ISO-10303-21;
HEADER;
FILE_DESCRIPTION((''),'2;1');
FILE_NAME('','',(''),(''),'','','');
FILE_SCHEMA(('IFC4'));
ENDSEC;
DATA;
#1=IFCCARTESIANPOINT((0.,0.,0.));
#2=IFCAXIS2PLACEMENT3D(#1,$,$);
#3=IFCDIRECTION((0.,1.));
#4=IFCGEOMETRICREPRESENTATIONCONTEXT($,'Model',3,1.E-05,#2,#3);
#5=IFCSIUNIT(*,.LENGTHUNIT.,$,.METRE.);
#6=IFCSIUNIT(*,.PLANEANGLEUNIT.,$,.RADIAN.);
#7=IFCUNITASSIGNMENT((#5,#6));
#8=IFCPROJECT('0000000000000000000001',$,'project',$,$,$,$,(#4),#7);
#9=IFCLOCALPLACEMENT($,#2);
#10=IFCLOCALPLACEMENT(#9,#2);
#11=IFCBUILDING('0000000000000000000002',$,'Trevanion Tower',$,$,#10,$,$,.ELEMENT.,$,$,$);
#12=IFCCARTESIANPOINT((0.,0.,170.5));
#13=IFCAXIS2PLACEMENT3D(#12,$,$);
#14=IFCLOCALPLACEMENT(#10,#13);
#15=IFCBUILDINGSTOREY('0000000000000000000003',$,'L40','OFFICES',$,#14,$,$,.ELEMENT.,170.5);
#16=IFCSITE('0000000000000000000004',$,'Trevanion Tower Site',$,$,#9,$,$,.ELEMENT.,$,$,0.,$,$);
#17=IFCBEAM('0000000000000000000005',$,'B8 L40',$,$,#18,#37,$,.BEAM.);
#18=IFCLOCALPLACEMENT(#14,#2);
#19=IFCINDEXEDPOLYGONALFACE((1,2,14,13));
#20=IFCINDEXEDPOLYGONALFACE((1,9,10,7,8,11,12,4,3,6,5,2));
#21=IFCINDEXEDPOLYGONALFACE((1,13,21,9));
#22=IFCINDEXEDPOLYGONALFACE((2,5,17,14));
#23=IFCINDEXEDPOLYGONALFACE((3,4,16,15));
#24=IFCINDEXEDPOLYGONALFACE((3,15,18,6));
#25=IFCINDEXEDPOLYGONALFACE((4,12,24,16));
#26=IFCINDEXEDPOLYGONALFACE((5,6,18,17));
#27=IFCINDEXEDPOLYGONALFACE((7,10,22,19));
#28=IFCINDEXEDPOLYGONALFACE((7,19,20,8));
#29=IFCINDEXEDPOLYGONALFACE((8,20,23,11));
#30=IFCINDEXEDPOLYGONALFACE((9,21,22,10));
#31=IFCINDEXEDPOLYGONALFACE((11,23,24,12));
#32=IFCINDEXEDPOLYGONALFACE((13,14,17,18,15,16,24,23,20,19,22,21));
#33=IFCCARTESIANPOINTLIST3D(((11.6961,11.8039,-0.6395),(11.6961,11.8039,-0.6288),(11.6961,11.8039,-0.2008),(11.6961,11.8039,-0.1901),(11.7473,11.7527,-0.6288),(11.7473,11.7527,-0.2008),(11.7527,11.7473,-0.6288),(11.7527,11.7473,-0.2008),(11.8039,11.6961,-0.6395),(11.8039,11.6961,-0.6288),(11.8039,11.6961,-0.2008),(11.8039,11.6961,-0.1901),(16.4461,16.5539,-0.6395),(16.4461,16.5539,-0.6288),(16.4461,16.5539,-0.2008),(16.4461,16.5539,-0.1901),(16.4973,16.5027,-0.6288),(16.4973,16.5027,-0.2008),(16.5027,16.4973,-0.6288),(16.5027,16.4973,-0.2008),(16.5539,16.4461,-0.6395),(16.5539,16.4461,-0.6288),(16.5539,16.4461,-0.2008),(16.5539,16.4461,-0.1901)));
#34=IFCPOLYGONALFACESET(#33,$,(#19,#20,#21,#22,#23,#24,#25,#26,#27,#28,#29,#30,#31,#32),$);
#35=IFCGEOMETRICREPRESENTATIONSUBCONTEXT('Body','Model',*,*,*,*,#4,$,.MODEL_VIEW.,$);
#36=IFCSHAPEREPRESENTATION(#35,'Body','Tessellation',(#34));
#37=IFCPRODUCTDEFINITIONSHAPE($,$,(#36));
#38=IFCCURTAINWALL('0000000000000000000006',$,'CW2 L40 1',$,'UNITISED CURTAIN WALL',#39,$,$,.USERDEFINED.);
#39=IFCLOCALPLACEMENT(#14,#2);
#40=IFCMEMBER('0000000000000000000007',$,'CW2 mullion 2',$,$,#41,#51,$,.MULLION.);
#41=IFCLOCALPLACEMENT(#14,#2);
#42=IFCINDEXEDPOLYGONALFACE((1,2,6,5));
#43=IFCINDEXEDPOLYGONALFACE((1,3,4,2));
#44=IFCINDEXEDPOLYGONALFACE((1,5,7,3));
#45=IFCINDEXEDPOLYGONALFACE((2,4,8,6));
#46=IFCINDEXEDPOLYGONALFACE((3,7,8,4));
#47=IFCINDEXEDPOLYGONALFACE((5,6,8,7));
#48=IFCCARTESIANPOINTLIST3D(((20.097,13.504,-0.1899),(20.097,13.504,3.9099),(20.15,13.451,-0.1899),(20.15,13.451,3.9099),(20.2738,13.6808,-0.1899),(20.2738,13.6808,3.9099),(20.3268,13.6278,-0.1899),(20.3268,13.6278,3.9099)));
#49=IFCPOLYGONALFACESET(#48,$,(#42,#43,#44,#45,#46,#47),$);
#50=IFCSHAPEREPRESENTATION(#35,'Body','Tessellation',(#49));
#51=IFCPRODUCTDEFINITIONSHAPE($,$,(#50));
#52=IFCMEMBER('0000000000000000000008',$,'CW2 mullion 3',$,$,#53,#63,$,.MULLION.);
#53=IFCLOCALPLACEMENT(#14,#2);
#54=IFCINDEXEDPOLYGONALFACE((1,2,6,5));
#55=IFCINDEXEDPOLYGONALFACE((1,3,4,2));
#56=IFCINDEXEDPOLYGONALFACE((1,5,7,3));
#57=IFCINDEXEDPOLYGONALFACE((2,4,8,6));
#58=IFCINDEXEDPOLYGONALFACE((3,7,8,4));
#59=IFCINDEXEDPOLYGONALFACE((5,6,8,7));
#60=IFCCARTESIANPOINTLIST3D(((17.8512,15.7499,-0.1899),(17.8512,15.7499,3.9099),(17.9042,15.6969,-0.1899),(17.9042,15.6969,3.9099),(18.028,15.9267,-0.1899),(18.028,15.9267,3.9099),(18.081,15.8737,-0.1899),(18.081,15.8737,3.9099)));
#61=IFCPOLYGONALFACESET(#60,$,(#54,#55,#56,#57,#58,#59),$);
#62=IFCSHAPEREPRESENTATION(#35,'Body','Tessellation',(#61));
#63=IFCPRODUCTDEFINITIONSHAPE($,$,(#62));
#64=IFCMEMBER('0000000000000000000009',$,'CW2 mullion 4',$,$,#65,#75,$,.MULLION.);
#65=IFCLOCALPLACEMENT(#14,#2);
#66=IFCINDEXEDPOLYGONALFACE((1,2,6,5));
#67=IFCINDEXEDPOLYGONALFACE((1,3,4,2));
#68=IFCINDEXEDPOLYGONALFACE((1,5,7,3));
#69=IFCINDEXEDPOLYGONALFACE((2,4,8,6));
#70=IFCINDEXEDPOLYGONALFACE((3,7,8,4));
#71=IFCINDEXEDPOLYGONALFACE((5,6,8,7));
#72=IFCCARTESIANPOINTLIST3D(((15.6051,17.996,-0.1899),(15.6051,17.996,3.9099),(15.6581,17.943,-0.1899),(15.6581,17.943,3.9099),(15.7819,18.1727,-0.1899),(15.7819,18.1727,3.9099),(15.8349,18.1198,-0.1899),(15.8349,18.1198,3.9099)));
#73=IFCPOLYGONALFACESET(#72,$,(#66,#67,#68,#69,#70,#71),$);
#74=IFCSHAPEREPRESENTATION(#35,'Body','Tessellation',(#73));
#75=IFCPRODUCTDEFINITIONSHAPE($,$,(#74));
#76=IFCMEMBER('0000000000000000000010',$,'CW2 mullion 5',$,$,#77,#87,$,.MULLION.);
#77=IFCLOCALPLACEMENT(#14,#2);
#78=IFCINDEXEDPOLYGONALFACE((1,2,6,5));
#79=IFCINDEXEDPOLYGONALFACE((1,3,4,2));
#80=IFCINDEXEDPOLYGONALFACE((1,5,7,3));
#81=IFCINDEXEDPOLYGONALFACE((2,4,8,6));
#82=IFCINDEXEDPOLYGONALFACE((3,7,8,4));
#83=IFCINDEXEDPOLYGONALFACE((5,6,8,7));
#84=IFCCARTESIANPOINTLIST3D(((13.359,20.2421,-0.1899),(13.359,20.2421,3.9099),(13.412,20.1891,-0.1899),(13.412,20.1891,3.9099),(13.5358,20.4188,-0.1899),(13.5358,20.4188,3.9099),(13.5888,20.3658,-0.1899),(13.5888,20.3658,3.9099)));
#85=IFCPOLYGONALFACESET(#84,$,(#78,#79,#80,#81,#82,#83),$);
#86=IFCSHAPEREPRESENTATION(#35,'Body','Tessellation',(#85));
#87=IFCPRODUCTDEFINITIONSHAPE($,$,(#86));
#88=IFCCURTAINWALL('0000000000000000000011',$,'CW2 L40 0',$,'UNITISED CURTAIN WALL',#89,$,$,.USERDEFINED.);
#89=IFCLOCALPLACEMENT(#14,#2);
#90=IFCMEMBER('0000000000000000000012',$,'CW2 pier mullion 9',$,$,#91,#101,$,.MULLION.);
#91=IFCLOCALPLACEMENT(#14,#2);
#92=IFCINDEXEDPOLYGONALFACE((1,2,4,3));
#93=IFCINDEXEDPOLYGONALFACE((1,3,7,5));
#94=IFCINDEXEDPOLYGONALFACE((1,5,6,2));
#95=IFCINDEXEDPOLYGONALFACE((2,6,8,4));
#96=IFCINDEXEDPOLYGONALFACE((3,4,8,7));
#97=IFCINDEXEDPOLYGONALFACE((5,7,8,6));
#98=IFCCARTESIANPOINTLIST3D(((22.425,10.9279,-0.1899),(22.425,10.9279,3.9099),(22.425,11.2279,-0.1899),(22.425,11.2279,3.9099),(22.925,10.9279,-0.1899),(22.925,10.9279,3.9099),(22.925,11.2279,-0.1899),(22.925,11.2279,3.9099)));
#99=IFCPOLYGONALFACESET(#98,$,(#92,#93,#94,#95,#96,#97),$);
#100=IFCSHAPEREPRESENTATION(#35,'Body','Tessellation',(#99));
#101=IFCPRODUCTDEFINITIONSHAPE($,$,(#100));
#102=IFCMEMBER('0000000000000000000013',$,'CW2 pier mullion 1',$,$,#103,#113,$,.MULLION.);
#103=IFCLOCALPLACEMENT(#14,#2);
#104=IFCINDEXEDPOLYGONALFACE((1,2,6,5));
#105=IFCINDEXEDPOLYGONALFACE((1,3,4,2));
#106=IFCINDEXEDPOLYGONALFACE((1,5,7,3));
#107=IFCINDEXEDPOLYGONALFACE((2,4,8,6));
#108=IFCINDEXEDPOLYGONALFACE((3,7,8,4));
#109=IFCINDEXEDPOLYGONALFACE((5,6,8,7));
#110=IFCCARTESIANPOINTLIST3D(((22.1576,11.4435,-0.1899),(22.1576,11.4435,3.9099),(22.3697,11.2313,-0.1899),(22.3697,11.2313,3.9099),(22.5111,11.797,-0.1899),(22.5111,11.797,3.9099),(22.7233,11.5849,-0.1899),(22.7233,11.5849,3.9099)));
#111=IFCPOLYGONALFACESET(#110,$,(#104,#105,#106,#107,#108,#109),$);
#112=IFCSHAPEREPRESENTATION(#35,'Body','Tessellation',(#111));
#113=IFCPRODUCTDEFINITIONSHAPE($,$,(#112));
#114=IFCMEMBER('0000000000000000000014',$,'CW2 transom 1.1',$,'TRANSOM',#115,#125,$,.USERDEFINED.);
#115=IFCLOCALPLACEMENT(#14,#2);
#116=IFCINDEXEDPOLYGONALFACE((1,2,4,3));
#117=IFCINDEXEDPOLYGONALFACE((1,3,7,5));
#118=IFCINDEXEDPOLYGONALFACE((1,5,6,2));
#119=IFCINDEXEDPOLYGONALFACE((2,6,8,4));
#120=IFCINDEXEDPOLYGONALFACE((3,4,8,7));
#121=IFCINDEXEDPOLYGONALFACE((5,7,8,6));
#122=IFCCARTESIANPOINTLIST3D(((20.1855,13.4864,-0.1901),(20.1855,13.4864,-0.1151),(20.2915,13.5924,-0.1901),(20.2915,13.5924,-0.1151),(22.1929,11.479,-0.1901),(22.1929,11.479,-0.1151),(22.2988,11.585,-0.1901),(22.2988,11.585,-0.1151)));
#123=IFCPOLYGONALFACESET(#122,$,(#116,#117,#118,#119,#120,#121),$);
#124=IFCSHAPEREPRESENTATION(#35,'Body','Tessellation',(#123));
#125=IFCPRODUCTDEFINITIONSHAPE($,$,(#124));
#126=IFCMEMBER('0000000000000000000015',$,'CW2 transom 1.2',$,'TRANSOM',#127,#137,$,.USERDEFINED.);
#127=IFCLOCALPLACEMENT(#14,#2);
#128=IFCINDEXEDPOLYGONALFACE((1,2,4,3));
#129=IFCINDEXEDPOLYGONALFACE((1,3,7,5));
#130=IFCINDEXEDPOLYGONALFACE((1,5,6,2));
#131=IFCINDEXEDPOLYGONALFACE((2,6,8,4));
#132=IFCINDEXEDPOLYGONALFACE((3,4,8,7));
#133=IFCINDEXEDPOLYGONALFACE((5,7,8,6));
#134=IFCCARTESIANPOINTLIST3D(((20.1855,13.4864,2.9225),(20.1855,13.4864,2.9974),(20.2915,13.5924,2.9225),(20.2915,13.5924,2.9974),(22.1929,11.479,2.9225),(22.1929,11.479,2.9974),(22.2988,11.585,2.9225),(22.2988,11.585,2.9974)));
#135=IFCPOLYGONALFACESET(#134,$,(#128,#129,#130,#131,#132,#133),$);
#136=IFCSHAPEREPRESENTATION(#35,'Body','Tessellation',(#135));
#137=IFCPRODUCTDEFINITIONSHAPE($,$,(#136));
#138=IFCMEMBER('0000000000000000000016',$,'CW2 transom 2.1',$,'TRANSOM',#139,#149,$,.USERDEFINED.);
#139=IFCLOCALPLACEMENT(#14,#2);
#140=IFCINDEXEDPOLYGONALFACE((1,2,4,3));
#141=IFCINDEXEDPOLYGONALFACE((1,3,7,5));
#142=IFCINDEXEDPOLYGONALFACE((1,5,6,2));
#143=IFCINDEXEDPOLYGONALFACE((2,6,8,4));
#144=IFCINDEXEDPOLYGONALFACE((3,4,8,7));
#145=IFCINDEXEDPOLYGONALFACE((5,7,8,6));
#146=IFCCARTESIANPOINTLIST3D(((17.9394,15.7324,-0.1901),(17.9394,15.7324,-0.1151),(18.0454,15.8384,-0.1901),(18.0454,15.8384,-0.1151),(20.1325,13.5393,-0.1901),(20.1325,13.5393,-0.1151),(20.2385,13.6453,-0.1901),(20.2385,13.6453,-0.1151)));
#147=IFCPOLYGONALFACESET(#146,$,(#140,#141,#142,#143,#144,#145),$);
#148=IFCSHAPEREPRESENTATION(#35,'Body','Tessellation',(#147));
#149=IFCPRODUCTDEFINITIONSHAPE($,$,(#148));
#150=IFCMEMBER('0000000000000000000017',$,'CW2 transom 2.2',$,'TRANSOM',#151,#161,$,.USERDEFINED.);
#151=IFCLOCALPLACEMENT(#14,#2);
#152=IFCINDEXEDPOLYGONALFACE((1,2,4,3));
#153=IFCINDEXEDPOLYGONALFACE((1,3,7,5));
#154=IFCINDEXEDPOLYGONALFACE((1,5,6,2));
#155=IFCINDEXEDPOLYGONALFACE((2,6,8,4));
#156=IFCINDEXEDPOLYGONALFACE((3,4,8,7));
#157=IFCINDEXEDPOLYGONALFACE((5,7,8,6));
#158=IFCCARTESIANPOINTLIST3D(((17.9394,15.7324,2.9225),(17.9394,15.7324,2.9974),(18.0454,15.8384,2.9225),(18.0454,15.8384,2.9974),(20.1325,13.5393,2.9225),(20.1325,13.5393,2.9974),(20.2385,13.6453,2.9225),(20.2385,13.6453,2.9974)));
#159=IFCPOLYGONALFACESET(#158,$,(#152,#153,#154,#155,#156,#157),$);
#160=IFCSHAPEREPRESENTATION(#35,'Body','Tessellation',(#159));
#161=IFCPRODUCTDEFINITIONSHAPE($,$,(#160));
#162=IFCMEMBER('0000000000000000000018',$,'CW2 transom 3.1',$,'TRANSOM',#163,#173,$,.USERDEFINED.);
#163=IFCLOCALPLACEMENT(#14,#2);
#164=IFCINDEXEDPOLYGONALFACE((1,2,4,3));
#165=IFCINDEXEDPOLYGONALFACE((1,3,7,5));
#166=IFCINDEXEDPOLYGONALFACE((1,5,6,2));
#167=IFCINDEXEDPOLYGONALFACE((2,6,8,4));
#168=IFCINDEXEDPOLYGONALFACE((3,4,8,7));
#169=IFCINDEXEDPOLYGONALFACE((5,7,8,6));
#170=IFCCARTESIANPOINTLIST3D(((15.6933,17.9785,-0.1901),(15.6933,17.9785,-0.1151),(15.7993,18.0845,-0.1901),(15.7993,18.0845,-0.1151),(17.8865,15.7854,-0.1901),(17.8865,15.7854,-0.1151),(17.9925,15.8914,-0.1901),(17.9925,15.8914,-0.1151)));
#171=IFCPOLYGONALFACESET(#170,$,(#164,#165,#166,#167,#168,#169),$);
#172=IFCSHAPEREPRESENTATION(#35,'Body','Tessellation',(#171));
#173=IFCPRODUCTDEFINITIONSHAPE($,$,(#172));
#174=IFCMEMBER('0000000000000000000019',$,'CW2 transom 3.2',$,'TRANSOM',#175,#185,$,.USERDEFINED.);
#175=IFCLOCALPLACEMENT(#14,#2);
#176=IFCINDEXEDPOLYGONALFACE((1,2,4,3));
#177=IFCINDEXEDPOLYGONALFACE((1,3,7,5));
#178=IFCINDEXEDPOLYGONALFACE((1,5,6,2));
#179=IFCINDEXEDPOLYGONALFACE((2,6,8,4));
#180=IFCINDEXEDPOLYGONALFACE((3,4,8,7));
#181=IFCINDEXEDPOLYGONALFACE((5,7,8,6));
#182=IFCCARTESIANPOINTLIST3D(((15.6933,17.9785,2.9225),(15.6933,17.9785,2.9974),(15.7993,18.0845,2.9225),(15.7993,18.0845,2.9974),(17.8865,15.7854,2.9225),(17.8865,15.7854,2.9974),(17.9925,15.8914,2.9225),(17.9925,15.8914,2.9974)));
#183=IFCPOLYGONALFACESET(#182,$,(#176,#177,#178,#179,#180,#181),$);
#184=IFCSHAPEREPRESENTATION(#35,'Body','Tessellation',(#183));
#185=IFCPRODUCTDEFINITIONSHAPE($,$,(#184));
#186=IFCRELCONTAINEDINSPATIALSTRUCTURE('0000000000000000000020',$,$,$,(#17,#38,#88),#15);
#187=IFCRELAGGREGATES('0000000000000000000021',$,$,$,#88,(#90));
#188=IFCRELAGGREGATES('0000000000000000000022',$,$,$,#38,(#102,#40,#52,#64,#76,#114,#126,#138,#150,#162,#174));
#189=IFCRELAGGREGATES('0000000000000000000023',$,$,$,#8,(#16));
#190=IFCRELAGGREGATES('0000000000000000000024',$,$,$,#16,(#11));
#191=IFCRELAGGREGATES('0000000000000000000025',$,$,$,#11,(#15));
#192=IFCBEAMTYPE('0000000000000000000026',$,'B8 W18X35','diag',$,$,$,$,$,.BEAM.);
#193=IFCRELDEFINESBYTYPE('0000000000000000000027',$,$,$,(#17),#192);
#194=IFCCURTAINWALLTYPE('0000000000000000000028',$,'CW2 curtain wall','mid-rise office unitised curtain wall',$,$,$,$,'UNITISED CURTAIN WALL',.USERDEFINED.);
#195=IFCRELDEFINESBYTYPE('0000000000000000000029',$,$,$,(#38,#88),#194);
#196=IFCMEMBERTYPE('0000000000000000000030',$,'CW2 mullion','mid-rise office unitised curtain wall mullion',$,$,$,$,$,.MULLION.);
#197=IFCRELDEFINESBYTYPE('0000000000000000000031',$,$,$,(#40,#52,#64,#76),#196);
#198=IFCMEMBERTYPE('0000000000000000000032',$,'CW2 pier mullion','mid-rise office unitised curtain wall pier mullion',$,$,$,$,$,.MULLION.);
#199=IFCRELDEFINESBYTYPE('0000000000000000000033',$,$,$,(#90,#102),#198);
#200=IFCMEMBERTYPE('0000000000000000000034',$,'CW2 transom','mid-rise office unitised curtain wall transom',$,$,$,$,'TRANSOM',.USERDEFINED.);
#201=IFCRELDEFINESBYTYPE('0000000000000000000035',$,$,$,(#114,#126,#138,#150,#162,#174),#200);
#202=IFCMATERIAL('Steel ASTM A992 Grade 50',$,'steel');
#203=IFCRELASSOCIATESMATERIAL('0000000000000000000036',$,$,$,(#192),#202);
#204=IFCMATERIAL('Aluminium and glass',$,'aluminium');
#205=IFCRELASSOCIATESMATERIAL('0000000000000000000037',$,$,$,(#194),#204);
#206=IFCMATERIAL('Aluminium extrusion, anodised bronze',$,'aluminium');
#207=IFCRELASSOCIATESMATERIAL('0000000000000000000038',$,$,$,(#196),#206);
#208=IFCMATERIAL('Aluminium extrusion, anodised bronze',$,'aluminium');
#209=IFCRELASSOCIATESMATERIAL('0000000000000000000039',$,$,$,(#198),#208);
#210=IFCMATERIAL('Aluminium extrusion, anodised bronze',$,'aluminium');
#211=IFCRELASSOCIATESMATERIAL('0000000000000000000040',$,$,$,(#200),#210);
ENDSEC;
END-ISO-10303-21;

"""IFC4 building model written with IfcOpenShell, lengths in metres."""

from ifc_helpers import new_model, si_unit, direction, frame, origin, origin_2d, place, context, subcontext, project, spatial, rectangle, i_section, extrude, material, material_profile, profile_set, type_object, element, aggregate, save


model = new_model("IFC4")

# Units and contexts
model_context = context("Model", 3, precision=1e-05, world=origin(), true_north=direction((0.0, 1.0)))
body_context = subcontext(model_context, "Body", "Model", "MODEL_VIEW")
ifc_project = project(units=[si_unit("LENGTHUNIT", "METRE"), si_unit("PLANEANGLEUNIT", "RADIAN")], contexts=[model_context])

# Site, building, storey
site_placement = place(None, origin())
site = spatial("IfcSite", under=ifc_project, at=site_placement, Name="Trevanion Tower Site", CompositionType="ELEMENT", RefElevation=0.0)
building_placement = place(site_placement, origin())
building = spatial("IfcBuilding", under=site, at=building_placement, Name="Trevanion Tower", CompositionType="ELEMENT")
storey_placement = place(building_placement, frame((0.0, 0.0, 170.5)))
storey = spatial("IfcBuildingStorey", under=building, at=storey_placement, Name="L40", Description="OFFICES", CompositionType="ELEMENT", Elevation=170.5)

# Beam
ifc_material_1 = material(Name="Steel ASTM A992 Grade 50", Category="steel")
ifc_material_profile_1 = material_profile(ifc_material_1, i_section(OverallWidth=0.1523, OverallDepth=0.4495, WebThickness=0.0076, FlangeThickness=0.0107, at=origin_2d()), Name="W18X35")
ifc_profile_set_1 = profile_set([ifc_material_profile_1], Name="Steel ASTM A992 Grade 50")
beam_type_1 = type_object("IfcBeamType", Name="B8 W18X35", Description="diag", PredefinedType="BEAM", material=ifc_profile_set_1)
beam_1_placement = place(storey_placement, frame((11.75, 11.75, -0.4148), z_axis=(0.707107, 0.707107, 0.0), x_axis=(-0.707107, 0.707107, 0.0)))
element("IfcBeam", 1, at=beam_1_placement, inside=storey, type_object=beam_type_1, Name="B8 L40", PredefinedType="BEAM", context=body_context, shape_type="SweptSolid", body=[
    extrude(i_section(OverallWidth=0.1523, OverallDepth=0.4495, WebThickness=0.0076, FlangeThickness=0.0107, at=origin_2d()), origin(), (0.0, 0.0, 1.0), 6.7175),
])

# Curtain wall, members
ifc_material_2 = material(Name="Aluminium and glass", Category="aluminium")
curtain_wall_type = type_object("IfcCurtainWallType", Name="CW2 curtain wall", Description="mid-rise office unitised curtain wall", ElementType="UNITISED CURTAIN WALL", PredefinedType="USERDEFINED", material=ifc_material_2)
curtain_wall_1_placement = place(storey_placement, origin())
curtain_wall_1 = element("IfcCurtainWall", 2, at=curtain_wall_1_placement, inside=storey, type_object=curtain_wall_type, Name="CW2 L40 1", ObjectType="UNITISED CURTAIN WALL", PredefinedType="USERDEFINED")
ifc_material_3 = material(Name="Aluminium extrusion, anodised bronze", Category="aluminium")
ifc_material_profile_2 = material_profile(ifc_material_3, rectangle(XDim=0.075, YDim=0.25, at=origin_2d()), Name="CW2 mullion")
ifc_profile_set_2 = profile_set([ifc_material_profile_2], Name="Aluminium extrusion, anodised bronze")
member_type_1 = type_object("IfcMemberType", Name="CW2 mullion", Description="mid-rise office unitised curtain wall mullion", PredefinedType="MULLION", material=ifc_profile_set_2)
member_1_placement = place(storey_placement, frame((20.2119, 13.5659, -0.1899), z_axis=(0.0, 0.0, 1.0), x_axis=(-0.707107, 0.707107, 0.0)))
member_1 = element("IfcMember", 3, at=member_1_placement, type_object=member_type_1, Name="CW2 mullion 2", PredefinedType="MULLION", context=body_context, shape_type="SweptSolid", body=[
    extrude(rectangle(XDim=0.075, YDim=0.25, at=origin_2d()), origin(), (0.0, 0.0, 1.0), 4.0999),
])
member_2_placement = place(storey_placement, frame((17.9661, 15.8118, -0.1899), z_axis=(0.0, 0.0, 1.0), x_axis=(-0.707107, 0.707107, 0.0)))
member_2 = element("IfcMember", 4, at=member_2_placement, type_object=member_type_1, Name="CW2 mullion 3", PredefinedType="MULLION", context=body_context, shape_type="SweptSolid", body=[
    extrude(rectangle(XDim=0.075, YDim=0.25, at=origin_2d()), origin(), (0.0, 0.0, 1.0), 4.0999),
])
member_3_placement = place(storey_placement, frame((15.72, 18.0579, -0.1899), z_axis=(0.0, 0.0, 1.0), x_axis=(-0.707107, 0.707107, 0.0)))
member_3 = element("IfcMember", 5, at=member_3_placement, type_object=member_type_1, Name="CW2 mullion 4", PredefinedType="MULLION", context=body_context, shape_type="SweptSolid", body=[
    extrude(rectangle(XDim=0.075, YDim=0.25, at=origin_2d()), origin(), (0.0, 0.0, 1.0), 4.0999),
])
member_4_placement = place(storey_placement, frame((13.4739, 20.304, -0.1899), z_axis=(0.0, 0.0, 1.0), x_axis=(-0.707107, 0.707107, 0.0)))
member_4 = element("IfcMember", 6, at=member_4_placement, type_object=member_type_1, Name="CW2 mullion 5", PredefinedType="MULLION", context=body_context, shape_type="SweptSolid", body=[
    extrude(rectangle(XDim=0.075, YDim=0.25, at=origin_2d()), origin(), (0.0, 0.0, 1.0), 4.0999),
])

# Curtain wall, member
curtain_wall_2_placement = place(storey_placement, origin())
curtain_wall_2 = element("IfcCurtainWall", 7, at=curtain_wall_2_placement, inside=storey, type_object=curtain_wall_type, Name="CW2 L40 0", ObjectType="UNITISED CURTAIN WALL", PredefinedType="USERDEFINED")
ifc_material_4 = material(Name="Aluminium extrusion, anodised bronze", Category="aluminium")
ifc_material_profile_3 = material_profile(ifc_material_4, rectangle(XDim=0.3, YDim=0.5, at=origin_2d()), Name="CW2 pier mullion")
ifc_profile_set_3 = profile_set([ifc_material_profile_3], Name="Aluminium extrusion, anodised bronze")
member_type_2 = type_object("IfcMemberType", Name="CW2 pier mullion", Description="mid-rise office unitised curtain wall pier mullion", PredefinedType="MULLION", material=ifc_profile_set_3)
member_5_placement = place(storey_placement, frame((22.675, 11.0779, -0.1899), z_axis=(0.0, 0.0, 1.0), x_axis=(0.0, 1.0, 0.0)))
member_5 = element("IfcMember", 8, at=member_5_placement, type_object=member_type_2, Name="CW2 pier mullion 9", PredefinedType="MULLION", context=body_context, shape_type="SweptSolid", body=[
    extrude(rectangle(XDim=0.3, YDim=0.5, at=origin_2d()), origin(), (0.0, 0.0, 1.0), 4.0999),
])
aggregate(curtain_wall_2, [member_5])

# Members
member_6_placement = place(storey_placement, frame((22.4404, 11.5142, -0.1899), z_axis=(0.0, 0.0, 1.0), x_axis=(-0.707107, 0.707107, 0.0)))
member_6 = element("IfcMember", 9, at=member_6_placement, type_object=member_type_2, Name="CW2 pier mullion 1", PredefinedType="MULLION", context=body_context, shape_type="SweptSolid", body=[
    extrude(rectangle(XDim=0.3, YDim=0.5, at=origin_2d()), origin(), (0.0, 0.0, 1.0), 4.0999),
])
ifc_material_5 = material(Name="Aluminium extrusion, anodised bronze", Category="aluminium")
ifc_material_profile_4 = material_profile(ifc_material_5, rectangle(XDim=0.1499, YDim=0.075, at=origin_2d()), Name="CW2 transom")
ifc_profile_set_4 = profile_set([ifc_material_profile_4], Name="Aluminium extrusion, anodised bronze")
member_type_3 = type_object("IfcMemberType", Name="CW2 transom", Description="mid-rise office unitised curtain wall transom", ElementType="TRANSOM", PredefinedType="USERDEFINED", material=ifc_profile_set_4)
member_7_placement = place(storey_placement, frame((22.2458, 11.532, -0.1526), z_axis=(-0.707107, 0.707107, 0.0), x_axis=(-0.707107, -0.707107, 0.0)))
member_7 = element("IfcMember", 10, at=member_7_placement, type_object=member_type_3, Name="CW2 transom 1.1", ObjectType="TRANSOM", PredefinedType="USERDEFINED", context=body_context, shape_type="SweptSolid", body=[
    extrude(rectangle(XDim=0.1499, YDim=0.075, at=origin_2d()), origin(), (0.0, 0.0, 1.0), 2.8389),
])
member_8_placement = place(storey_placement, frame((22.2458, 11.532, 2.96), z_axis=(-0.707107, 0.707107, 0.0), x_axis=(-0.707107, -0.707107, 0.0)))
member_8 = element("IfcMember", 11, at=member_8_placement, type_object=member_type_3, Name="CW2 transom 1.2", ObjectType="TRANSOM", PredefinedType="USERDEFINED", context=body_context, shape_type="SweptSolid", body=[
    extrude(rectangle(XDim=0.1499, YDim=0.075, at=origin_2d()), origin(), (0.0, 0.0, 1.0), 2.8389),
])
member_9_placement = place(storey_placement, frame((20.1855, 13.5923, -0.1526), z_axis=(-0.707107, 0.707107, 0.0), x_axis=(-0.707107, -0.707107, 0.0)))
member_9 = element("IfcMember", 12, at=member_9_placement, type_object=member_type_3, Name="CW2 transom 2.1", ObjectType="TRANSOM", PredefinedType="USERDEFINED", context=body_context, shape_type="SweptSolid", body=[
    extrude(rectangle(XDim=0.1499, YDim=0.075, at=origin_2d()), origin(), (0.0, 0.0, 1.0), 3.1016),
])
member_10_placement = place(storey_placement, frame((20.1855, 13.5923, 2.96), z_axis=(-0.707107, 0.707107, 0.0), x_axis=(-0.707107, -0.707107, 0.0)))
member_10 = element("IfcMember", 13, at=member_10_placement, type_object=member_type_3, Name="CW2 transom 2.2", ObjectType="TRANSOM", PredefinedType="USERDEFINED", context=body_context, shape_type="SweptSolid", body=[
    extrude(rectangle(XDim=0.1499, YDim=0.075, at=origin_2d()), origin(), (0.0, 0.0, 1.0), 3.1016),
])
member_11_placement = place(storey_placement, frame((17.9395, 15.8384, -0.1526), z_axis=(-0.707107, 0.707107, 0.0), x_axis=(-0.707107, -0.707107, 0.0)))
member_11 = element("IfcMember", 14, at=member_11_placement, type_object=member_type_3, Name="CW2 transom 3.1", ObjectType="TRANSOM", PredefinedType="USERDEFINED", context=body_context, shape_type="SweptSolid", body=[
    extrude(rectangle(XDim=0.1499, YDim=0.075, at=origin_2d()), origin(), (0.0, 0.0, 1.0), 3.1016),
])
member_12_placement = place(storey_placement, frame((17.9395, 15.8384, 2.96), z_axis=(-0.707107, 0.707107, 0.0), x_axis=(-0.707107, -0.707107, 0.0)))
member_12 = element("IfcMember", 15, at=member_12_placement, type_object=member_type_3, Name="CW2 transom 3.2", ObjectType="TRANSOM", PredefinedType="USERDEFINED", context=body_context, shape_type="SweptSolid", body=[
    extrude(rectangle(XDim=0.1499, YDim=0.075, at=origin_2d()), origin(), (0.0, 0.0, 1.0), 3.1016),
])

aggregate(curtain_wall_1, [member_6, member_1, member_2, member_3, member_4, member_7, member_8, member_9, member_10, member_11, member_12])

save(model, "model.ifc")
